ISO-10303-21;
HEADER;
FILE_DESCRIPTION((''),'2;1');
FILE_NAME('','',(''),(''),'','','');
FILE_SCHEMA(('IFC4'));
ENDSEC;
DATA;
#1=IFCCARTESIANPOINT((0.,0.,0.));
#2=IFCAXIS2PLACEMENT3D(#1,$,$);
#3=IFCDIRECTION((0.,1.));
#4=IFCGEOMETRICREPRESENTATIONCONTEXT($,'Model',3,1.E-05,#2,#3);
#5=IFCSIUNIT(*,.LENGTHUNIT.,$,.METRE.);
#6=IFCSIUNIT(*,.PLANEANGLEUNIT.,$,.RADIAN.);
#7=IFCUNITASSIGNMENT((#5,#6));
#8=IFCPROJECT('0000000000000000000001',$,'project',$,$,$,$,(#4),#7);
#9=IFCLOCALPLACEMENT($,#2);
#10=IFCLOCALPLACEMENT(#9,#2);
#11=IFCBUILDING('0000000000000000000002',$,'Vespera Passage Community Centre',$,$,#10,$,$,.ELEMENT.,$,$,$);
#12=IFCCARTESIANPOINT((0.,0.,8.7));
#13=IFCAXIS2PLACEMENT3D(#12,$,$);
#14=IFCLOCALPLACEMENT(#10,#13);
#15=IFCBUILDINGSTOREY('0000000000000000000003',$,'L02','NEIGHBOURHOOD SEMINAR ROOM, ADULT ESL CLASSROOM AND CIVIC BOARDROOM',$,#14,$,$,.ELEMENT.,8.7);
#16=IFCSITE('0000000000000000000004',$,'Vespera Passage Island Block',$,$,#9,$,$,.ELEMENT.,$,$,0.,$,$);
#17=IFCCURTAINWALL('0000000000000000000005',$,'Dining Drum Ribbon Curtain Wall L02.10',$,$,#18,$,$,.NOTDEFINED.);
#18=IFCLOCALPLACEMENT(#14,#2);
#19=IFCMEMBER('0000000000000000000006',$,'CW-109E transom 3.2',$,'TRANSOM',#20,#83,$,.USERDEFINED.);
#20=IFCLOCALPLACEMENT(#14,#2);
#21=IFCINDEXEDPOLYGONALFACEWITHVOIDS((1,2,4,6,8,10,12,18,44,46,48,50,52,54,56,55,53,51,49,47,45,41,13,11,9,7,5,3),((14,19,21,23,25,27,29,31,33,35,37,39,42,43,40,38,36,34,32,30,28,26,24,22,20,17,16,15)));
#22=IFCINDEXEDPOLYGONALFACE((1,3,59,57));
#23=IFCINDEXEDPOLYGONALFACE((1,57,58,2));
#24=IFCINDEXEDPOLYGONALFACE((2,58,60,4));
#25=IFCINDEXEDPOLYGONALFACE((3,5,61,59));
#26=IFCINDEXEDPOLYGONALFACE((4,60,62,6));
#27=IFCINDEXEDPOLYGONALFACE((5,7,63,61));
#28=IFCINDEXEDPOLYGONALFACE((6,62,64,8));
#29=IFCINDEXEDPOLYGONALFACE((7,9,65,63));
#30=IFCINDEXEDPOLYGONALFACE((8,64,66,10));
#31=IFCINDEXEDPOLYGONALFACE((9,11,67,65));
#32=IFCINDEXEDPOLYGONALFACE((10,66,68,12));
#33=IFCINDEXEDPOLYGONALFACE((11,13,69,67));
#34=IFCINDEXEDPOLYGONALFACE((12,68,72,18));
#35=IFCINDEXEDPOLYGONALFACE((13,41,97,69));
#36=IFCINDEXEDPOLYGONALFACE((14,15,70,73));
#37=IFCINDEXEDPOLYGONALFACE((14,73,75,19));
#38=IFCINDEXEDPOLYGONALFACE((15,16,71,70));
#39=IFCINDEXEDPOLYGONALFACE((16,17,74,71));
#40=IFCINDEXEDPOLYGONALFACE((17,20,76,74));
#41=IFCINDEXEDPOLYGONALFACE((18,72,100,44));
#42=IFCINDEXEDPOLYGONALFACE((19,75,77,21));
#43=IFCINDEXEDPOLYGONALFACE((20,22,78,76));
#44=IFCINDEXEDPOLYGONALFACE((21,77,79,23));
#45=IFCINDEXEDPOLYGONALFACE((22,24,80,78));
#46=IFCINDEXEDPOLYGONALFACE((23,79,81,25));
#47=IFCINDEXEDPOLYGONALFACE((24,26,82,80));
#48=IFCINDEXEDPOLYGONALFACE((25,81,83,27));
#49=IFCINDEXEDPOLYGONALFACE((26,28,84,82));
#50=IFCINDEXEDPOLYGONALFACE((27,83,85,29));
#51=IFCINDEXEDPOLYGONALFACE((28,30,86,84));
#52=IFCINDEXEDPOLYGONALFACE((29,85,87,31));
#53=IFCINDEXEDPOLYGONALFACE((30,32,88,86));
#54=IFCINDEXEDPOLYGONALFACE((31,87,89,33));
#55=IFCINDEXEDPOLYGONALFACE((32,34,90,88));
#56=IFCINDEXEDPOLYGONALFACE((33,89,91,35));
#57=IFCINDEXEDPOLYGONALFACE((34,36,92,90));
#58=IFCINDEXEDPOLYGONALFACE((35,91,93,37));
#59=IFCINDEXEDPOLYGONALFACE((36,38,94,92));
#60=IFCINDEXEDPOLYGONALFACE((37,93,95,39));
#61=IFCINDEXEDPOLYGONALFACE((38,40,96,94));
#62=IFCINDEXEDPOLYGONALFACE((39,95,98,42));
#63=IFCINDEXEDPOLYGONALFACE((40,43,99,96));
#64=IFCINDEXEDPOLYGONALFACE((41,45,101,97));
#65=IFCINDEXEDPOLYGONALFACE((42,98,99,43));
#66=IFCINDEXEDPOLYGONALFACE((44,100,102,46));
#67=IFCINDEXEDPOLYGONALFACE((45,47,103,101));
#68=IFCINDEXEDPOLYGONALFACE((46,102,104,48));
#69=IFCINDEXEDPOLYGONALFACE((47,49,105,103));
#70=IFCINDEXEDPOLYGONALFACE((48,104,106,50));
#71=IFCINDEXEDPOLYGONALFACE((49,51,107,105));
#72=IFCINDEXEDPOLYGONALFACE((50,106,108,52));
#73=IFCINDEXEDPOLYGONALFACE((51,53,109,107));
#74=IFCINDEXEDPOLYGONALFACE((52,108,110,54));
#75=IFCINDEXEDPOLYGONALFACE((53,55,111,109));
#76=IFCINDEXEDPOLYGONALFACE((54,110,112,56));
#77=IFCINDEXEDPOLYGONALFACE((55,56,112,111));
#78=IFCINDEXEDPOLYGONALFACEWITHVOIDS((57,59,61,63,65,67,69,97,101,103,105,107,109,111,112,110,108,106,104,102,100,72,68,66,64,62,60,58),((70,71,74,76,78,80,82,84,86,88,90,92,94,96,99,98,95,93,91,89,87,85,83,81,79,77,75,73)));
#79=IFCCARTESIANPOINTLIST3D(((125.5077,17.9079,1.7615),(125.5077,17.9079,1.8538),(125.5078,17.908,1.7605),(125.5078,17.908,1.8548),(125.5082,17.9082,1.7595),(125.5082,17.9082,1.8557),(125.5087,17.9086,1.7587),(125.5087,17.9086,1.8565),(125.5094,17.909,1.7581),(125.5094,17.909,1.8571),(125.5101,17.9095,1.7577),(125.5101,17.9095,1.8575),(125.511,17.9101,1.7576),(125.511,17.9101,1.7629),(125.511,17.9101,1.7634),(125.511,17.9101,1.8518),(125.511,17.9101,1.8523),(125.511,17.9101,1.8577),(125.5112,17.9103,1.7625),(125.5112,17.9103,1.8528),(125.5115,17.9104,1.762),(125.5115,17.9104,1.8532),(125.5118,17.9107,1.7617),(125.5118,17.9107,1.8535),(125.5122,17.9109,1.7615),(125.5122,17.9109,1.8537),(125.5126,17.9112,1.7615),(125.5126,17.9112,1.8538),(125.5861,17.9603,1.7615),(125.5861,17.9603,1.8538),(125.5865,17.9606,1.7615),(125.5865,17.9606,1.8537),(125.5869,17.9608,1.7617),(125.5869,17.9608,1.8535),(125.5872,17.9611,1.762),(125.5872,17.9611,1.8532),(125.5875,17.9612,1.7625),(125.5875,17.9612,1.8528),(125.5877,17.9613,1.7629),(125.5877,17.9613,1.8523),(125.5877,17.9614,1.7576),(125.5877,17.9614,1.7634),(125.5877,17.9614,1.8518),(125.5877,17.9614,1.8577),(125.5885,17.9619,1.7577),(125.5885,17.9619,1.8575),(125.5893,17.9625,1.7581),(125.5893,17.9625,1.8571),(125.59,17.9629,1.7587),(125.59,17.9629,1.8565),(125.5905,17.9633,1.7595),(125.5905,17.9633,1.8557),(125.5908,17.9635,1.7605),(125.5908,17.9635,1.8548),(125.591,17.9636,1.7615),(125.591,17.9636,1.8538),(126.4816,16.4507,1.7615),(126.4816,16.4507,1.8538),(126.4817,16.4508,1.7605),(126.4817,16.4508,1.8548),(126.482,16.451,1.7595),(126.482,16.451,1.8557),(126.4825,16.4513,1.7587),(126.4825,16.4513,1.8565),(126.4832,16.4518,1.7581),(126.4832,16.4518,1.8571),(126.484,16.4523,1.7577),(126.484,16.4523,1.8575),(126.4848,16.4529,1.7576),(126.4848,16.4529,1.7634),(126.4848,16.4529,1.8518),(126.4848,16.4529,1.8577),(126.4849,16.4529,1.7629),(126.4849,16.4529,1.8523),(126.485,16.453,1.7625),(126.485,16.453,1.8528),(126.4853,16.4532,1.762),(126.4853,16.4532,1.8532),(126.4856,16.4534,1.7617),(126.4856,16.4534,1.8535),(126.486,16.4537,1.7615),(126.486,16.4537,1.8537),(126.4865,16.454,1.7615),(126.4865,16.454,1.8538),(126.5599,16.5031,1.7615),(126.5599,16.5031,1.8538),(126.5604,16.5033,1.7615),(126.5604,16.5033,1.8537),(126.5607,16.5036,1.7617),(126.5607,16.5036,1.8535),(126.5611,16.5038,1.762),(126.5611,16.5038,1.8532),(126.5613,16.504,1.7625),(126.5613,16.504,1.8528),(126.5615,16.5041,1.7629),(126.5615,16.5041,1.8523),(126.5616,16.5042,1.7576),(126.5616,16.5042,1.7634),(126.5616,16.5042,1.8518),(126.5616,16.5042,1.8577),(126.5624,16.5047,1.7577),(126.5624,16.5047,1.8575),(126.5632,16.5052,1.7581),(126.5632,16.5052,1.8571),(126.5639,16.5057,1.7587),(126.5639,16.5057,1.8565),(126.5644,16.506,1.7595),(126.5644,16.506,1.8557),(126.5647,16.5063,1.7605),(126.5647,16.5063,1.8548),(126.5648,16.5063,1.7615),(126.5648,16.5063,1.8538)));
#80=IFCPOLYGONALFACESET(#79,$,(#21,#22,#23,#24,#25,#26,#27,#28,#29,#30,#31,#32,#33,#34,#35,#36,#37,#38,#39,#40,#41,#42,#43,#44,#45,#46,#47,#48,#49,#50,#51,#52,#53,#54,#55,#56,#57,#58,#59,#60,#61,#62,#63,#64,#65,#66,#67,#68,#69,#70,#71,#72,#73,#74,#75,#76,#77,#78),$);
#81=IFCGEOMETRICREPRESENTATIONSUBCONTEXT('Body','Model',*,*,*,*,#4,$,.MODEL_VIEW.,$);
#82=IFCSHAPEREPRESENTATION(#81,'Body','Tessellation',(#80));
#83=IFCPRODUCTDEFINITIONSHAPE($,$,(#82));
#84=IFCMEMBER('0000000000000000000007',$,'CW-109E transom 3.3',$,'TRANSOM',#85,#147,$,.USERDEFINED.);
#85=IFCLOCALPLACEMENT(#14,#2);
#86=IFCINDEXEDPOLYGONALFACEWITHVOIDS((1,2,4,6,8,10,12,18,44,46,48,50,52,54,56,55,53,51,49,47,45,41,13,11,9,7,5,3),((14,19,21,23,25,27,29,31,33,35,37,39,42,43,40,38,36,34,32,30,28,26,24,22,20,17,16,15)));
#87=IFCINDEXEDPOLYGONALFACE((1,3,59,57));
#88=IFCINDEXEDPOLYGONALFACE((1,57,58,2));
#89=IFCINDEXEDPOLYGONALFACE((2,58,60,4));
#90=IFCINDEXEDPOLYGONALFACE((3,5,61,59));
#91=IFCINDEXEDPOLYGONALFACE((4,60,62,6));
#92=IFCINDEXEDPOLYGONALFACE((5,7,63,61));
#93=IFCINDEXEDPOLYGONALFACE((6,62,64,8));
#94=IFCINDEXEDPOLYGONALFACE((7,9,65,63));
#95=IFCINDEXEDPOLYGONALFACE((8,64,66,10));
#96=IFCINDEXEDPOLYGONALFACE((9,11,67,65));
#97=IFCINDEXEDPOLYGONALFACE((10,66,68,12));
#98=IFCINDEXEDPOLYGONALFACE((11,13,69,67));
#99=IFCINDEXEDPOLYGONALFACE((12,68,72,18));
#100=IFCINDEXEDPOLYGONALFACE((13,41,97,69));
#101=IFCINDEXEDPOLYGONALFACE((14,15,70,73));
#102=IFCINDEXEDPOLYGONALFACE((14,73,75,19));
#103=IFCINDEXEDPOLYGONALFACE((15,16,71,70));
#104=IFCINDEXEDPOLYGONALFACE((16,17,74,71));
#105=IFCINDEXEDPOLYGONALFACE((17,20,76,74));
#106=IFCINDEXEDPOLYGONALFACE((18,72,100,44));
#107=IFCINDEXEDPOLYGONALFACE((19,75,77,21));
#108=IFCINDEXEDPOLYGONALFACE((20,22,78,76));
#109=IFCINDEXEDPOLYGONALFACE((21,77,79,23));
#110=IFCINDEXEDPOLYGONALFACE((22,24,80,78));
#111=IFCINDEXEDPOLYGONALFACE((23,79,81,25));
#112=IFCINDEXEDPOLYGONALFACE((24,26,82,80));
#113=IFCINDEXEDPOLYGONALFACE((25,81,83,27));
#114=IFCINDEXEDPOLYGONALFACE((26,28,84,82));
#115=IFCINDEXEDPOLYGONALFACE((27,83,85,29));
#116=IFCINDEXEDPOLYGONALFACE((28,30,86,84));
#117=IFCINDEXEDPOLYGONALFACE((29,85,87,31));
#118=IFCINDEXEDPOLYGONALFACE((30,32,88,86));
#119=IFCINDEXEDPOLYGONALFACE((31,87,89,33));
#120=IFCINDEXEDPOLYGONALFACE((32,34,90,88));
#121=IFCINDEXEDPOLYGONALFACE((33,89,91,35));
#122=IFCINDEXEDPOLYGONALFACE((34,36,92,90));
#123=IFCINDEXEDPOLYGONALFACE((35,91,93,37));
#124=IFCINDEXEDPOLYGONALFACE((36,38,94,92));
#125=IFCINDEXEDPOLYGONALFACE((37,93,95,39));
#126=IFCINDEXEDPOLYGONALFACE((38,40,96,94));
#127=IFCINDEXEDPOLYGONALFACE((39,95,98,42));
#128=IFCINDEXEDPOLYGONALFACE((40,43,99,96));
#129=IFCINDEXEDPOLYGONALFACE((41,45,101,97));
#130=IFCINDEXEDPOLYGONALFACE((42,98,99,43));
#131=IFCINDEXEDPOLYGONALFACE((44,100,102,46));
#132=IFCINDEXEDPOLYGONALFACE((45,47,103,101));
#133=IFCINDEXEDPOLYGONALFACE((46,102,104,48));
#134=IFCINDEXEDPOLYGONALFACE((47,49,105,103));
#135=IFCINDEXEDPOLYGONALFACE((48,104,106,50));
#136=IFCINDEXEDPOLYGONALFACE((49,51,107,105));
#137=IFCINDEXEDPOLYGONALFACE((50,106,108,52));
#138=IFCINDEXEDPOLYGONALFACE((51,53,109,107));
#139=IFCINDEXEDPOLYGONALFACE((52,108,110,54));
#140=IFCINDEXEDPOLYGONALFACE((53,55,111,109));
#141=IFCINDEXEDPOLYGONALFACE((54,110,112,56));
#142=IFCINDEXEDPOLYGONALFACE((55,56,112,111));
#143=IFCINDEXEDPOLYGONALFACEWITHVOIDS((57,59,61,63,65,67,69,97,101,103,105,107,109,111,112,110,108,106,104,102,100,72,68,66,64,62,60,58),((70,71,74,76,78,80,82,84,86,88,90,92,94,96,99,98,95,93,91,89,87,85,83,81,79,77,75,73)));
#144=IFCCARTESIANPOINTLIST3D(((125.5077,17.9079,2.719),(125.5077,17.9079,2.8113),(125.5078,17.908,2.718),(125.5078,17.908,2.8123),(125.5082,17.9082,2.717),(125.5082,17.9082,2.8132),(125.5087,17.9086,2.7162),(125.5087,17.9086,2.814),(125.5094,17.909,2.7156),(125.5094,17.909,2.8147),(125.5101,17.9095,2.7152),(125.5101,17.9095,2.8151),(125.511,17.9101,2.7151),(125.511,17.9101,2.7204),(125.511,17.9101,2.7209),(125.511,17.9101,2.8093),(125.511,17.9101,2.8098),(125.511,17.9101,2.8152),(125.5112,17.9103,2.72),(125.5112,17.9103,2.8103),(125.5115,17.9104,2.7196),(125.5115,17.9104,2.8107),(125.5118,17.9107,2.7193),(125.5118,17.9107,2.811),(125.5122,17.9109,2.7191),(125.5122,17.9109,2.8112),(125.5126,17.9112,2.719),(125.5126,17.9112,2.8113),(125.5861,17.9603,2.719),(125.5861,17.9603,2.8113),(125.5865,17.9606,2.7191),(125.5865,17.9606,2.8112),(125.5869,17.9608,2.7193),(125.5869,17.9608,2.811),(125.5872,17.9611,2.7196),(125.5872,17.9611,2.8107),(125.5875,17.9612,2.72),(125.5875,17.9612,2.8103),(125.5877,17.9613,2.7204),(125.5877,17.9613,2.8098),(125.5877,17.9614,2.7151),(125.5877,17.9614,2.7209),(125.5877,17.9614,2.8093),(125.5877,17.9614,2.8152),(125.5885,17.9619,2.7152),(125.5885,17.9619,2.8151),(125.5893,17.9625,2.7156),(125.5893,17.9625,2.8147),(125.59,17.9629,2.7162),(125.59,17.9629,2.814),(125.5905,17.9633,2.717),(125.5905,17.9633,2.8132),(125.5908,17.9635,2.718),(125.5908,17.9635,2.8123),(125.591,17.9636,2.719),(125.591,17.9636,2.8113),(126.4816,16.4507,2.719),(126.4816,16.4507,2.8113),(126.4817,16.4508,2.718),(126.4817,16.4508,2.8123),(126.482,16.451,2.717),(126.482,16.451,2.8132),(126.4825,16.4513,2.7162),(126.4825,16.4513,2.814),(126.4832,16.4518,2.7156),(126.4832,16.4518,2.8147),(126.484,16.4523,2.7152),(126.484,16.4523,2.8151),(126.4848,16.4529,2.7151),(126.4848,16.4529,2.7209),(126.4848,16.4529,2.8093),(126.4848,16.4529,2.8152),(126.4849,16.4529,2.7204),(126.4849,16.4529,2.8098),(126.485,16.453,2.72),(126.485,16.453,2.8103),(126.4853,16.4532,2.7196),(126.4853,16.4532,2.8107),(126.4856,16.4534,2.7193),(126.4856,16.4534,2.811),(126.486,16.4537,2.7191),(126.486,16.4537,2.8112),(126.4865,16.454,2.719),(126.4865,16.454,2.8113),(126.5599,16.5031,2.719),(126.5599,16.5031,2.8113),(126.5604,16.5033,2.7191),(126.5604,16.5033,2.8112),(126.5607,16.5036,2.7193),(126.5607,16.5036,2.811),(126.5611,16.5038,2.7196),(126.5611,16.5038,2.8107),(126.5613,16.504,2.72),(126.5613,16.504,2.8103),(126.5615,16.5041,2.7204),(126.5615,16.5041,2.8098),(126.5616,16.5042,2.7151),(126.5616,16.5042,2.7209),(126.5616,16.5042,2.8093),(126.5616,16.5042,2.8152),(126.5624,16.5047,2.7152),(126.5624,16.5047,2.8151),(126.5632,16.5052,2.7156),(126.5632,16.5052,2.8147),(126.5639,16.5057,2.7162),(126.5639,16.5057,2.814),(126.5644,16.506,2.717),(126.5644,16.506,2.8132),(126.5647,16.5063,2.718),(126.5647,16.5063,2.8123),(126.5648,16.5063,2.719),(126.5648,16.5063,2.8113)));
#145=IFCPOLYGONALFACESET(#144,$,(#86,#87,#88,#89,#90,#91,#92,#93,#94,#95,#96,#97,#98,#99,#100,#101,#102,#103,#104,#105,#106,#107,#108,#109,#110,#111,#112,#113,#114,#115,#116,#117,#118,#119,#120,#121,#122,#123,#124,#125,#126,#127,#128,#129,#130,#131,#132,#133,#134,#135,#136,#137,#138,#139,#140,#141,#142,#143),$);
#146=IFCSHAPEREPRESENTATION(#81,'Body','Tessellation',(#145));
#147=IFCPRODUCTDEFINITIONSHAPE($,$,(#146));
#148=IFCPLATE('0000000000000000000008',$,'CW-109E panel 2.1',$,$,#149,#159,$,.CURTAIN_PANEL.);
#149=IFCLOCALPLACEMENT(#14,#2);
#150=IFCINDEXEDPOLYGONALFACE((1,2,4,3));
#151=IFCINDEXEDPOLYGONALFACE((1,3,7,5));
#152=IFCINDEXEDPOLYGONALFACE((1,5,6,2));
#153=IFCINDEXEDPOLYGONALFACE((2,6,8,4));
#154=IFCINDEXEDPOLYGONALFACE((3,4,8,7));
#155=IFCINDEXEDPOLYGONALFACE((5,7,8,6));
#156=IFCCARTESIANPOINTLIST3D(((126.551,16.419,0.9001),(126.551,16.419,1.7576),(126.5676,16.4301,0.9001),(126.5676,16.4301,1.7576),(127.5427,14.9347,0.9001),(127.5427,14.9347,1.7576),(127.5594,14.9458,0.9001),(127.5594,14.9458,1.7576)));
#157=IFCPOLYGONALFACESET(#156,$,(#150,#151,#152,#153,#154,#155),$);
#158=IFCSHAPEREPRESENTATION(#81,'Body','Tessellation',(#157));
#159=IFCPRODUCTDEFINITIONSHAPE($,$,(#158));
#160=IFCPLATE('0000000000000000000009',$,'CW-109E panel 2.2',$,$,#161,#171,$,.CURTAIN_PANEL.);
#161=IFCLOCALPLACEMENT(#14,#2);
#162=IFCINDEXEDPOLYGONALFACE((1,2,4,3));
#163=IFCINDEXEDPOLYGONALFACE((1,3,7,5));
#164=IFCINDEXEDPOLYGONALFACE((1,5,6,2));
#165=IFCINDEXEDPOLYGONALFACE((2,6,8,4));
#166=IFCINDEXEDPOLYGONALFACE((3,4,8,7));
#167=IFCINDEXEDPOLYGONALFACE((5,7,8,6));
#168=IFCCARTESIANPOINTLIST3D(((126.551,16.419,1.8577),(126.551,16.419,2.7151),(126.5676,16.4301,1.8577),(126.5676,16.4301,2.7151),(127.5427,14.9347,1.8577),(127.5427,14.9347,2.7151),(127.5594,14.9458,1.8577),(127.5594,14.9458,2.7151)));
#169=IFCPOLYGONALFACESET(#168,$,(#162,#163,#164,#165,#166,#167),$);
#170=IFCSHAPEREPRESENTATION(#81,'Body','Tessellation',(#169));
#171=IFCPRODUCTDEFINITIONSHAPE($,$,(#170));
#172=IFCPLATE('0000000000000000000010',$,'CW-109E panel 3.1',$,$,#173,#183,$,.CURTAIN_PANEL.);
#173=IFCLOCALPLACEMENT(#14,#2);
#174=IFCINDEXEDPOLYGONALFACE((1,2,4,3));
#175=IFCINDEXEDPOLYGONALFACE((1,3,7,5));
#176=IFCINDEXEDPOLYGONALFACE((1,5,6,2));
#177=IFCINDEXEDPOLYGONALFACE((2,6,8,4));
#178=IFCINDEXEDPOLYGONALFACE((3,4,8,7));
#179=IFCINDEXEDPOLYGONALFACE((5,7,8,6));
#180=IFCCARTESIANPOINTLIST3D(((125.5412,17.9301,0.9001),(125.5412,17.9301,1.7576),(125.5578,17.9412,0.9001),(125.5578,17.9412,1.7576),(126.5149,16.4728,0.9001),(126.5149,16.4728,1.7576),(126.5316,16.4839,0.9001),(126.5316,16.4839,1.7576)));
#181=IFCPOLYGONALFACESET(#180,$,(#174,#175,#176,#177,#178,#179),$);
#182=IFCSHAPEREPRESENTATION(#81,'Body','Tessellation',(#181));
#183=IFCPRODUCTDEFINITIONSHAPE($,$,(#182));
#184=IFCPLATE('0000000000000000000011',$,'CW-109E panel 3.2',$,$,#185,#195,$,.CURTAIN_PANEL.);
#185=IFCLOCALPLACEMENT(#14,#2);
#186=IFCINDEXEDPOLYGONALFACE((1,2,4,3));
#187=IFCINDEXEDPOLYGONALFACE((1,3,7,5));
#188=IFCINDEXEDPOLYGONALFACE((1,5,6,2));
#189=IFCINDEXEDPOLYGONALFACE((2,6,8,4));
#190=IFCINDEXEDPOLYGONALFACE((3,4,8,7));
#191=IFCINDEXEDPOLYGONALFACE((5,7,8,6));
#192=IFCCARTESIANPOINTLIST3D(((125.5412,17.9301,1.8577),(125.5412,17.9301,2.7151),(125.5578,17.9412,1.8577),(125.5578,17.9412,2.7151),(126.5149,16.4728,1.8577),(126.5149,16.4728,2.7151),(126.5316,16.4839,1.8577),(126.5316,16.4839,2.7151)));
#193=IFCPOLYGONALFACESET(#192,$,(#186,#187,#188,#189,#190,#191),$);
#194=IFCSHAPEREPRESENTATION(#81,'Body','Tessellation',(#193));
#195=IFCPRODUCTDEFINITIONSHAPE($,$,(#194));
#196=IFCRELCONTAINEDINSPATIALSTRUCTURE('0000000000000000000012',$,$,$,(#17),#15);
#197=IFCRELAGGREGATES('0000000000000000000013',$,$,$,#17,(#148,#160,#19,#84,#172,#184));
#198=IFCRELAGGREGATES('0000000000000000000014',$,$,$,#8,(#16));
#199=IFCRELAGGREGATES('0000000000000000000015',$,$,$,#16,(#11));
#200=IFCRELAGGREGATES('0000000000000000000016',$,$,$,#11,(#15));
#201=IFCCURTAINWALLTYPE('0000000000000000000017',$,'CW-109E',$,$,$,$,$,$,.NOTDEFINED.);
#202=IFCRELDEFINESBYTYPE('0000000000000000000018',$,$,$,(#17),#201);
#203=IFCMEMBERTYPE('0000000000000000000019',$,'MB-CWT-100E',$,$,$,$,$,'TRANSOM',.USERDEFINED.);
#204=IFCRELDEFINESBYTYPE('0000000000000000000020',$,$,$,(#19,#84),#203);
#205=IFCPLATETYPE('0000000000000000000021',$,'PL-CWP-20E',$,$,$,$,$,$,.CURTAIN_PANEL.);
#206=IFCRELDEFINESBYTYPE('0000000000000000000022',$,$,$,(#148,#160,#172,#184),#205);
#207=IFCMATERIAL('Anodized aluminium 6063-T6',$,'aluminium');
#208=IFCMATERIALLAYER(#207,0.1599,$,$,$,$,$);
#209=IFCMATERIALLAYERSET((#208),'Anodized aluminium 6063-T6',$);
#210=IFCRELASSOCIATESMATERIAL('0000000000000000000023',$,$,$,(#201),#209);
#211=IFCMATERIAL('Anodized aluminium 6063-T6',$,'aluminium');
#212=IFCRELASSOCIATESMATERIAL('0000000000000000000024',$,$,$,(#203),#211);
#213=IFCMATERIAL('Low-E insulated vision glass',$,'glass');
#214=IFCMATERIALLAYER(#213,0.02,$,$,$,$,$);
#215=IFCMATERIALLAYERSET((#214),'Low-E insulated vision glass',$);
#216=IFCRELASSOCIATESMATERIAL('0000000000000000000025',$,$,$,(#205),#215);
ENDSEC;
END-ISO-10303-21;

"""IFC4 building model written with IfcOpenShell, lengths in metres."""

from ifc_helpers import new_model, si_unit, direction, frame, origin, origin_2d, place, context, subcontext, project, spatial, rectangle, hollow_rectangle, extrude, material, layer, layer_set, material_profile, profile_set, type_object, element, aggregate, save


model = new_model("IFC4")

# Units and contexts
model_context = context("Model", 3, precision=1e-05, world=origin(), true_north=direction((0.0, 1.0)))
body_context = subcontext(model_context, "Body", "Model", "MODEL_VIEW")
ifc_project = project(units=[si_unit("LENGTHUNIT", "METRE"), si_unit("PLANEANGLEUNIT", "RADIAN")], contexts=[model_context])

# Site, building, storey
site_placement = place(None, origin())
site = spatial("IfcSite", under=ifc_project, at=site_placement, Name="Vespera Passage Island Block", CompositionType="ELEMENT", RefElevation=0.0)
building_placement = place(site_placement, origin())
building = spatial("IfcBuilding", under=site, at=building_placement, Name="Vespera Passage Community Centre", CompositionType="ELEMENT")
storey_placement = place(building_placement, frame((0.0, 0.0, 8.7)))
storey = spatial("IfcBuildingStorey", under=building, at=storey_placement, Name="L02", Description="NEIGHBOURHOOD SEMINAR ROOM, ADULT ESL CLASSROOM AND CIVIC BOARDROOM", CompositionType="ELEMENT", Elevation=8.7)

# Curtain wall
ifc_material_1 = material(Name="Anodized aluminium 6063-T6", Category="aluminium")
ifc_layer_1 = layer(ifc_material_1, 0.1599)
ifc_layer_set_1 = layer_set([ifc_layer_1], Name="Anodized aluminium 6063-T6")
curtain_wall_type_1 = type_object("IfcCurtainWallType", Name="CW-109E", PredefinedType="NOTDEFINED", material=ifc_layer_set_1)
curtain_wall_1_placement = place(storey_placement, origin())
curtain_wall_1 = element("IfcCurtainWall", 1, at=curtain_wall_1_placement, inside=storey, type_object=curtain_wall_type_1, Name="Dining Drum Ribbon Curtain Wall L02.10", PredefinedType="NOTDEFINED")

# Members
ifc_material_2 = material(Name="Anodized aluminium 6063-T6", Category="aluminium")
ifc_material_profile_1 = material_profile(ifc_material_2, hollow_rectangle(XDim=0.1001, YDim=0.1001, WallThickness=0.0039, InnerFilletRadius=0.002, OuterFilletRadius=0.0039, at=origin_2d()), Name="ALU100X100X4")
ifc_profile_set_1 = profile_set([ifc_material_profile_1], Name="Anodized aluminium 6063-T6")
member_type_1 = type_object("IfcMemberType", Name="MB-CWT-100E", ElementType="TRANSOM", PredefinedType="USERDEFINED", material=ifc_profile_set_1)
member_1_placement = place(storey_placement, frame((126.5232, 16.4785, 1.8076), z_axis=(-0.555632, 0.831428, 0.0), x_axis=(-0.831428, -0.555632, 0.0)))
member_1 = element("IfcMember", 2, at=member_1_placement, type_object=member_type_1, Name="CW-109E transom 3.2", ObjectType="TRANSOM", PredefinedType="USERDEFINED", context=body_context, shape_type="SweptSolid", body=[
    extrude(hollow_rectangle(XDim=0.1001, YDim=0.1001, WallThickness=0.0039, InnerFilletRadius=0.002, OuterFilletRadius=0.0039, at=origin_2d()), origin(), (0.0, 0.0, 1.0), 1.7527),
])
member_2_placement = place(storey_placement, frame((126.5232, 16.4785, 2.7651), z_axis=(-0.555632, 0.831428, 0.0), x_axis=(-0.831428, -0.555632, 0.0)))
member_2 = element("IfcMember", 3, at=member_2_placement, type_object=member_type_1, Name="CW-109E transom 3.3", ObjectType="TRANSOM", PredefinedType="USERDEFINED", context=body_context, shape_type="SweptSolid", body=[
    extrude(hollow_rectangle(XDim=0.1001, YDim=0.1001, WallThickness=0.0039, InnerFilletRadius=0.002, OuterFilletRadius=0.0039, at=origin_2d()), origin(), (0.0, 0.0, 1.0), 1.7527),
])

# Plates
ifc_material_3 = material(Name="Low-E insulated vision glass", Category="glass")
ifc_layer_2 = layer(ifc_material_3, 0.02)
ifc_layer_set_2 = layer_set([ifc_layer_2], Name="Low-E insulated vision glass")
plate_type = type_object("IfcPlateType", Name="PL-CWP-20E", PredefinedType="CURTAIN_PANEL", material=ifc_layer_set_2)
plate_1_placement = place(storey_placement, frame((127.0552, 15.6824, 0.9001), z_axis=(0.0, 0.0, 1.0), x_axis=(-0.555565, 0.831473, 0.0)))
plate_1 = element("IfcPlate", 4, at=plate_1_placement, type_object=plate_type, Name="CW-109E panel 2.1", PredefinedType="CURTAIN_PANEL", context=body_context, shape_type="SweptSolid", body=[
    extrude(rectangle(XDim=1.7852, YDim=0.02, at=origin_2d()), origin(), (0.0, 0.0, 1.0), 0.8574),
])
plate_2_placement = place(storey_placement, frame((127.0552, 15.6824, 1.8577), z_axis=(0.0, 0.0, 1.0), x_axis=(-0.555565, 0.831473, 0.0)))
plate_2 = element("IfcPlate", 5, at=plate_2_placement, type_object=plate_type, Name="CW-109E panel 2.2", PredefinedType="CURTAIN_PANEL", context=body_context, shape_type="SweptSolid", body=[
    extrude(rectangle(XDim=1.7852, YDim=0.02, at=origin_2d()), origin(), (0.0, 0.0, 1.0), 0.8574),
])
plate_3_placement = place(storey_placement, frame((126.0364, 17.207, 0.9001), z_axis=(0.0, 0.0, 1.0), x_axis=(-0.555565, 0.831473, 0.0)))
plate_3 = element("IfcPlate", 6, at=plate_3_placement, type_object=plate_type, Name="CW-109E panel 3.1", PredefinedType="CURTAIN_PANEL", context=body_context, shape_type="SweptSolid", body=[
    extrude(rectangle(XDim=1.7527, YDim=0.02, at=origin_2d()), origin(), (0.0, 0.0, 1.0), 0.8574),
])
plate_4_placement = place(storey_placement, frame((126.0364, 17.207, 1.8577), z_axis=(0.0, 0.0, 1.0), x_axis=(-0.555565, 0.831473, 0.0)))
plate_4 = element("IfcPlate", 7, at=plate_4_placement, type_object=plate_type, Name="CW-109E panel 3.2", PredefinedType="CURTAIN_PANEL", context=body_context, shape_type="SweptSolid", body=[
    extrude(rectangle(XDim=1.7527, YDim=0.02, at=origin_2d()), origin(), (0.0, 0.0, 1.0), 0.8574),
])
aggregate(curtain_wall_1, [plate_1, plate_2, member_1, member_2, plate_3, plate_4])

save(model, "model.ifc")
